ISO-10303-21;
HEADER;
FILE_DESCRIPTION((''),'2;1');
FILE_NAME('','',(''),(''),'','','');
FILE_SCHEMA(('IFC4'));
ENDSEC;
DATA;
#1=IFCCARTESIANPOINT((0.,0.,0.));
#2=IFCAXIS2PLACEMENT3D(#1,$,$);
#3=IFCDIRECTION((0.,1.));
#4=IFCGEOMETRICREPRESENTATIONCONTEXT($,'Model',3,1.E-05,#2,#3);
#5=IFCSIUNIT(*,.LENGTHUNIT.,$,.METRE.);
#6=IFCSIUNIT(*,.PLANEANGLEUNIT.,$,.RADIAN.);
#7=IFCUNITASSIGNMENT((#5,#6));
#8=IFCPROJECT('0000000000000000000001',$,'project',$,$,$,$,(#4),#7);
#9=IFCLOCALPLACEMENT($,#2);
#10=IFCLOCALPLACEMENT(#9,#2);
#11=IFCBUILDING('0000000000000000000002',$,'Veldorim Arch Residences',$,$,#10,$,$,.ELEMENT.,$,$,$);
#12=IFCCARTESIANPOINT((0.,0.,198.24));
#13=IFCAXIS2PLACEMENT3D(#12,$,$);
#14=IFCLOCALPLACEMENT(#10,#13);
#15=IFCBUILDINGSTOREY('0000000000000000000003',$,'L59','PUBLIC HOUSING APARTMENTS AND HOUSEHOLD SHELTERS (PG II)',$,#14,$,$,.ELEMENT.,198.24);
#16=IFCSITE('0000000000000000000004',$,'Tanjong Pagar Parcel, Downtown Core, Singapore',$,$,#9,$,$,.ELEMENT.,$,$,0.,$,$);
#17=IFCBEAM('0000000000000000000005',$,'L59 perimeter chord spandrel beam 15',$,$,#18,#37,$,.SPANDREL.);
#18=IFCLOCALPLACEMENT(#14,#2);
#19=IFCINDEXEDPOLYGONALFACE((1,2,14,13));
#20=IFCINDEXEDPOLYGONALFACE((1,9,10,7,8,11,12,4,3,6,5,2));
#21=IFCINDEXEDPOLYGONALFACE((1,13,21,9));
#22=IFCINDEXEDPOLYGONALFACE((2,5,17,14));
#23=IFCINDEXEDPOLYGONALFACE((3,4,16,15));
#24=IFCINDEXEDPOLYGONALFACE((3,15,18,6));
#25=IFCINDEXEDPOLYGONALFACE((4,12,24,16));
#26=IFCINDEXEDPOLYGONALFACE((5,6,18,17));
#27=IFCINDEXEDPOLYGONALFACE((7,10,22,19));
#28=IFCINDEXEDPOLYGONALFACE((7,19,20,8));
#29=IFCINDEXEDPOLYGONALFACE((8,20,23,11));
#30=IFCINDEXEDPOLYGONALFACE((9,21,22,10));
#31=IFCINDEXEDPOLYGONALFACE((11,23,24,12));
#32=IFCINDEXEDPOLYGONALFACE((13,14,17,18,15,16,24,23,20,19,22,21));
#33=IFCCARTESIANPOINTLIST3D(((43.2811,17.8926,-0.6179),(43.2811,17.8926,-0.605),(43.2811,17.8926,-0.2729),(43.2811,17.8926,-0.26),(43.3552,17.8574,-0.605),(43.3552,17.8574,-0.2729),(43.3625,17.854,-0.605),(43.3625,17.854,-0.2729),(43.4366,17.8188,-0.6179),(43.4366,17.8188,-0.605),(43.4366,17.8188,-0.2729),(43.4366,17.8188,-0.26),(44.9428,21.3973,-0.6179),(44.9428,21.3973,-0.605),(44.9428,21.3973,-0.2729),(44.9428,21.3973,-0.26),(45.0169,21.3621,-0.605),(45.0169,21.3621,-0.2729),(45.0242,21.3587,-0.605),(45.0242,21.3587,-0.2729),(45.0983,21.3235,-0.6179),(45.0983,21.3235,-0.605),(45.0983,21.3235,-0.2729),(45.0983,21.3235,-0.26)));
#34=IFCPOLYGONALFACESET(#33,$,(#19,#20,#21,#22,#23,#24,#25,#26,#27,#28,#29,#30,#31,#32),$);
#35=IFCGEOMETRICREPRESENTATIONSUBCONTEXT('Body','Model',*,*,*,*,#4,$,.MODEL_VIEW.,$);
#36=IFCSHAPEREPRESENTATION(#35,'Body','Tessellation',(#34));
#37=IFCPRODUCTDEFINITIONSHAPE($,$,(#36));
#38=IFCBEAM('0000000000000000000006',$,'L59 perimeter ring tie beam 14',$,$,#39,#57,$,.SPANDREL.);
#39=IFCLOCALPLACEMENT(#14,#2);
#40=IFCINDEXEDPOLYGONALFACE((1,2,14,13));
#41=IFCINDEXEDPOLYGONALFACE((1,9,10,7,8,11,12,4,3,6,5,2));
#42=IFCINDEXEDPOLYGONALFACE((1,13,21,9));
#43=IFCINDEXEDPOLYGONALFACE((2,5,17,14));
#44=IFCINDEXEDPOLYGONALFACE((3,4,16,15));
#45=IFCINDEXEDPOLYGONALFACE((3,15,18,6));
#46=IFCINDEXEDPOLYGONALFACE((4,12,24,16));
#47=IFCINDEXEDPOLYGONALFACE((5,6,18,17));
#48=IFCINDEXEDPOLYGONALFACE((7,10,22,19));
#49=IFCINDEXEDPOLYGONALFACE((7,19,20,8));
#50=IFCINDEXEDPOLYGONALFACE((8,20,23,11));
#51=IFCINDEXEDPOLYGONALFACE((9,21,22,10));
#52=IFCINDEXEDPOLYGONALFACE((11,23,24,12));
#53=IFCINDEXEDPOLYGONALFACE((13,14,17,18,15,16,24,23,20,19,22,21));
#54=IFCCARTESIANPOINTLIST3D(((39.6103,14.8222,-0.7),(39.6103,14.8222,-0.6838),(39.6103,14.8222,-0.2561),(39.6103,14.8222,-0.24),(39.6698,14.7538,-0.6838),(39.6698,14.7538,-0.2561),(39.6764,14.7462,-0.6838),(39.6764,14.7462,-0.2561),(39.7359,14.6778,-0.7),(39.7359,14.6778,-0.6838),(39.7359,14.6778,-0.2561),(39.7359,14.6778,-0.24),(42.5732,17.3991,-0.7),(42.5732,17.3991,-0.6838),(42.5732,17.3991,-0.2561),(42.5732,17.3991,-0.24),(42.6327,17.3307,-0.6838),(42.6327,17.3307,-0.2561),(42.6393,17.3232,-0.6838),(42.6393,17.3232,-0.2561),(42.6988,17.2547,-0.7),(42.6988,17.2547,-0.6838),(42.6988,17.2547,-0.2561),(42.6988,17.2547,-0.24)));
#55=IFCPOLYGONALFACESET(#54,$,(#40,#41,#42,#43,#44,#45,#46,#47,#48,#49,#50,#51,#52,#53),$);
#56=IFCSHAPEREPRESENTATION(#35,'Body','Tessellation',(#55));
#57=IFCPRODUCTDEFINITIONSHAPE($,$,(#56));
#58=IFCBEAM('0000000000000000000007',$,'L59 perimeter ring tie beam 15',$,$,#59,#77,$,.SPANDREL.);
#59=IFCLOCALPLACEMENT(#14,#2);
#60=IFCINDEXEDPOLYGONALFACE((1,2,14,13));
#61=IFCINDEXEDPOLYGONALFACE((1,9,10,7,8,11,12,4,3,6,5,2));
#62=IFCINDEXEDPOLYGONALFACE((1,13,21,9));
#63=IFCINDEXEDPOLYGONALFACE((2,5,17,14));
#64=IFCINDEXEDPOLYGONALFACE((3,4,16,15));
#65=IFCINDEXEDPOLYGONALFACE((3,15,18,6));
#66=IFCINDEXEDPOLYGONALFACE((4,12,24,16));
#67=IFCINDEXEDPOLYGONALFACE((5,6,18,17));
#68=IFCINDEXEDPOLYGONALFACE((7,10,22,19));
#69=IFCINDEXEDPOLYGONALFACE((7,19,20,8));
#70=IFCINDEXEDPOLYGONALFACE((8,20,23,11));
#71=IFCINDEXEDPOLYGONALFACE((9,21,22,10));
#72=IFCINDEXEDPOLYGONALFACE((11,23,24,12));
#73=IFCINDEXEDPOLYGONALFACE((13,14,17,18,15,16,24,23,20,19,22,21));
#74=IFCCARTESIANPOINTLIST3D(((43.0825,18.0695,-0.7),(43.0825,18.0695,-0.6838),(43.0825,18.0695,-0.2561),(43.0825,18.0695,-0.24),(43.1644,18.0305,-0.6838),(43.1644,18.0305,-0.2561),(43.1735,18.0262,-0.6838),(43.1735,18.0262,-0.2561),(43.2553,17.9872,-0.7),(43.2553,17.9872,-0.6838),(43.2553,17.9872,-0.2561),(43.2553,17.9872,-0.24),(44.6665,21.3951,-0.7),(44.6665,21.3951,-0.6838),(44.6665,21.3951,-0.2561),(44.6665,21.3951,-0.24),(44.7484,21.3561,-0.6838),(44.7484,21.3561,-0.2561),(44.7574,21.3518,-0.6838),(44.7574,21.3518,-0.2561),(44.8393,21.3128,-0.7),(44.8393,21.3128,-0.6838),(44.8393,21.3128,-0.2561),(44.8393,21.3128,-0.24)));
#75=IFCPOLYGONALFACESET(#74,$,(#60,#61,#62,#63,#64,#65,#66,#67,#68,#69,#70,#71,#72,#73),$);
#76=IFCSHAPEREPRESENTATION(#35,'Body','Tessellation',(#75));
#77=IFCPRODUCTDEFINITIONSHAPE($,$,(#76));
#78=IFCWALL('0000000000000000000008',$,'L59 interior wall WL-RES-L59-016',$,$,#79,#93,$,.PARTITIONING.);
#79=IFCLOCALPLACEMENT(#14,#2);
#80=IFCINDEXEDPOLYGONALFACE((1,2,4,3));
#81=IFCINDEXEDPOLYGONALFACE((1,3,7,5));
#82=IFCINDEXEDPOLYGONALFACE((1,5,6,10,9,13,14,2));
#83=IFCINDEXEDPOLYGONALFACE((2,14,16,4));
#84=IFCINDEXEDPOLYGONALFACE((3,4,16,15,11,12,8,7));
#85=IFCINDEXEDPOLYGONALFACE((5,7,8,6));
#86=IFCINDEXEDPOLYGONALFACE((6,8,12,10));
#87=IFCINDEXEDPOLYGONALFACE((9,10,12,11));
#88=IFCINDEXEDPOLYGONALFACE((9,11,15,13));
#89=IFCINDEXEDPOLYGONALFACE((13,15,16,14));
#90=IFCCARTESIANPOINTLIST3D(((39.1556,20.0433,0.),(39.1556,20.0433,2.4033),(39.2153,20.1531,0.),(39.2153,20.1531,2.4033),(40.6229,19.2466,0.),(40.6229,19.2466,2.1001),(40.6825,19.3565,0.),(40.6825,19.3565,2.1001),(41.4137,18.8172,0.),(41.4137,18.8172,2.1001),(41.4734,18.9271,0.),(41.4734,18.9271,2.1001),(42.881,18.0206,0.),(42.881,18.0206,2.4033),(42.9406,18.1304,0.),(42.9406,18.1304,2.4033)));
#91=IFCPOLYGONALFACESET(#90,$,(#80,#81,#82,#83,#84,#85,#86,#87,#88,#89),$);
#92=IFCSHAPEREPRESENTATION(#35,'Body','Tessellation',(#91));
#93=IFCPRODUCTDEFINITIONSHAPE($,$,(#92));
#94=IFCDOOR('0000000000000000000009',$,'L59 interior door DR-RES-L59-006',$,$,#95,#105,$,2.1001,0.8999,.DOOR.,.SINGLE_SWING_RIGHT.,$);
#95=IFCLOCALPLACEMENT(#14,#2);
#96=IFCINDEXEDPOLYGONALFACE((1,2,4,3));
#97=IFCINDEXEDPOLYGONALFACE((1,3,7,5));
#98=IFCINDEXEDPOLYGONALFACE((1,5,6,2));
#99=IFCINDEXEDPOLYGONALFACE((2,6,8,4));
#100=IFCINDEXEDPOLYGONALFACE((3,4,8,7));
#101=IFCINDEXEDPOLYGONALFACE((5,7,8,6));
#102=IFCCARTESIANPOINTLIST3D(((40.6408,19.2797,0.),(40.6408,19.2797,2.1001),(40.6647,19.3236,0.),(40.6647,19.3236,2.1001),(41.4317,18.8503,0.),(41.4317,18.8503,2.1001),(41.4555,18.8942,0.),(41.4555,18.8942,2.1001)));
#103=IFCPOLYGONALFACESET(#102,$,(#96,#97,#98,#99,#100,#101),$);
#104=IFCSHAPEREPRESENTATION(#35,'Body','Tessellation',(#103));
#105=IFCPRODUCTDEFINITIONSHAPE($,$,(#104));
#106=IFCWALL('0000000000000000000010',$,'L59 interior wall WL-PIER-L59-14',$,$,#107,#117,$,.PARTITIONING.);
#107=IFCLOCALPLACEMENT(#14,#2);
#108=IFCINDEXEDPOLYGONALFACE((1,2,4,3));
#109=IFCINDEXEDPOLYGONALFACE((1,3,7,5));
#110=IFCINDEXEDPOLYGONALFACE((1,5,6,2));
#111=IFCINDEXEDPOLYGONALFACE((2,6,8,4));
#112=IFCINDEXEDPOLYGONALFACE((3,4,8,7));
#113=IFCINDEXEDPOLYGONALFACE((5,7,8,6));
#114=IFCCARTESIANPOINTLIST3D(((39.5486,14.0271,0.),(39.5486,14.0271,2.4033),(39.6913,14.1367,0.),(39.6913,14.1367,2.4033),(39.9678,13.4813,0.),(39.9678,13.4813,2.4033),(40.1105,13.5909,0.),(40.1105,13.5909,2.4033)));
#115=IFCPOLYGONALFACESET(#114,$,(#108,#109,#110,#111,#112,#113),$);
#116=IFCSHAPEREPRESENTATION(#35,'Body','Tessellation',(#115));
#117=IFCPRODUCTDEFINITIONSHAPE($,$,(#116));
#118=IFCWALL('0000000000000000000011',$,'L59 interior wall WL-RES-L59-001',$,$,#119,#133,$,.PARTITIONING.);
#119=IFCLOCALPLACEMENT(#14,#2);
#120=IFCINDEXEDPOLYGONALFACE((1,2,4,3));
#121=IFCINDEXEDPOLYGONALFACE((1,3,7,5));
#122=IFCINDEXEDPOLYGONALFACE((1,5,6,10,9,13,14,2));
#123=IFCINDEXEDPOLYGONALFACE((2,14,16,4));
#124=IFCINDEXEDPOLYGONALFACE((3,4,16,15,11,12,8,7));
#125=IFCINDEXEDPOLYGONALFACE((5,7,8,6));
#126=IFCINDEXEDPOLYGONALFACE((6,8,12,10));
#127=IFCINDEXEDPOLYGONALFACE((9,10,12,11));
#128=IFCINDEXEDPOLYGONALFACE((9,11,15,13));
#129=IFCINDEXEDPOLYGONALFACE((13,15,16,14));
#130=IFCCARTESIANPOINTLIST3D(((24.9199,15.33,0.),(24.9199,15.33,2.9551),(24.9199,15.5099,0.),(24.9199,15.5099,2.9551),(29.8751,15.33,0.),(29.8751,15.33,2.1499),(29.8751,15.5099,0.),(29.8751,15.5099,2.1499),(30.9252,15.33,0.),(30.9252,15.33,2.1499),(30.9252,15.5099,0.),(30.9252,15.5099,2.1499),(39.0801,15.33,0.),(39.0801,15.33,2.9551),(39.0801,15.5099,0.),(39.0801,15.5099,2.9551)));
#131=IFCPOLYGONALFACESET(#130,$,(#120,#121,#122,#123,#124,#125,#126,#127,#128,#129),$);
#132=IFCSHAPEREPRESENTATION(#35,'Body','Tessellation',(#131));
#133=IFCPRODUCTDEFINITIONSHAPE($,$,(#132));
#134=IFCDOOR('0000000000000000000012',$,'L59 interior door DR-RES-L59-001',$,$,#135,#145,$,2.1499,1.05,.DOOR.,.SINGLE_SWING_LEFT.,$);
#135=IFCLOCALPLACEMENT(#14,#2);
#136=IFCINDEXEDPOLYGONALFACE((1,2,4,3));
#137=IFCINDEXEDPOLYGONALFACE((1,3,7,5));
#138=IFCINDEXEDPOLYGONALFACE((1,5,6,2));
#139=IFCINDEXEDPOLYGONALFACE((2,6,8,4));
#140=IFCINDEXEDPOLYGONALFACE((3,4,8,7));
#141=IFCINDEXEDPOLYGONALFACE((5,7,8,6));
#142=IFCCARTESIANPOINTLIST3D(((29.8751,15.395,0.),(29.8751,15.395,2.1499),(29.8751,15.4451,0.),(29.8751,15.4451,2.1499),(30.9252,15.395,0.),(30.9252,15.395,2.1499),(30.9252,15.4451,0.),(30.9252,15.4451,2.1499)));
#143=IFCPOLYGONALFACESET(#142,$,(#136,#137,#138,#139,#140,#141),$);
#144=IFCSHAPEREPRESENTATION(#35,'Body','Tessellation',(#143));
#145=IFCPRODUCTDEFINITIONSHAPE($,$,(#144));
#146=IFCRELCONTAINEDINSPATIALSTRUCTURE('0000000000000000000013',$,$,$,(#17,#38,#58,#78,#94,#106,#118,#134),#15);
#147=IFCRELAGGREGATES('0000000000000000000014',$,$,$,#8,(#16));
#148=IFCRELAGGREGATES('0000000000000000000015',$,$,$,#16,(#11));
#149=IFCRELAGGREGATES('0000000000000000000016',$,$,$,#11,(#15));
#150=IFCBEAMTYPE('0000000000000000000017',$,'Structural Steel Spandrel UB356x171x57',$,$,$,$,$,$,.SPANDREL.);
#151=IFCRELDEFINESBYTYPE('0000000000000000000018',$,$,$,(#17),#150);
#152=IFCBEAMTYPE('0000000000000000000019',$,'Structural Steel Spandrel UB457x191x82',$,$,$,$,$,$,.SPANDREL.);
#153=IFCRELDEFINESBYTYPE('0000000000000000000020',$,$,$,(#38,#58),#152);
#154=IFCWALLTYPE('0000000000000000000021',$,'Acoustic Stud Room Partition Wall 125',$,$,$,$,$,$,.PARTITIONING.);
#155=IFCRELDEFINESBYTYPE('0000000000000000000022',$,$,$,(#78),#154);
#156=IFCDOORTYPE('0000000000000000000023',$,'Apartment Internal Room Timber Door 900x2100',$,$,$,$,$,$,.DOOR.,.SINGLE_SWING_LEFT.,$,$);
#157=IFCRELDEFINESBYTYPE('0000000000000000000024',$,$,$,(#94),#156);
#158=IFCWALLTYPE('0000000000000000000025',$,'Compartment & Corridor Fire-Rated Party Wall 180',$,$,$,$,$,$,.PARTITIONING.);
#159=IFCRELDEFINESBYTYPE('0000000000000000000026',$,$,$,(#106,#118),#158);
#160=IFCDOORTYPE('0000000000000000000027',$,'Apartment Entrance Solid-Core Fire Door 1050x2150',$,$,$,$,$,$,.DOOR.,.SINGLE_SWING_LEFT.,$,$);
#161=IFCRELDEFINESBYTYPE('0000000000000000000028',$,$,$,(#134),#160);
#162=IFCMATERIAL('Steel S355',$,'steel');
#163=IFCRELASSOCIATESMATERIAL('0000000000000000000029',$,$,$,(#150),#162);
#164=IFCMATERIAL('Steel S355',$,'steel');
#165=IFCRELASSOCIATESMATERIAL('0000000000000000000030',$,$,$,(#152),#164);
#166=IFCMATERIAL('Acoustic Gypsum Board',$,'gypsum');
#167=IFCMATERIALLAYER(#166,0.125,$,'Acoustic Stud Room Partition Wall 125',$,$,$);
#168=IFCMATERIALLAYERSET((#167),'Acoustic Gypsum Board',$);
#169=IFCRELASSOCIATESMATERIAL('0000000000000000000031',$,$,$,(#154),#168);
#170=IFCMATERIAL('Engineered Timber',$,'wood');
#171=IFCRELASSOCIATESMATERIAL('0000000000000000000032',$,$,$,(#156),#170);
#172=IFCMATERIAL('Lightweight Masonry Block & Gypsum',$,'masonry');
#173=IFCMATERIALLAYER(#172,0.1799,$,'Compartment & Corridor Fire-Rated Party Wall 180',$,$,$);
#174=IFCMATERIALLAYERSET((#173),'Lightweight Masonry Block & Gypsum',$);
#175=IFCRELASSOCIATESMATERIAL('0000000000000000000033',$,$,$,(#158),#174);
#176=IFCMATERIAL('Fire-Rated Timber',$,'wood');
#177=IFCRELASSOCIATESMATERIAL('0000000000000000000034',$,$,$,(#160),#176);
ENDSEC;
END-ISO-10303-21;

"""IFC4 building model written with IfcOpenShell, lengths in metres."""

from ifc_helpers import new_model, si_unit, direction, frame, frame_2d, origin, origin_2d, place, context, subcontext, project, spatial, rectangle, i_section, extrude, material, layer, layer_set, material_profile, profile_set, type_object, element, fill, save


model = new_model("IFC4")

# Units and contexts
model_context = context("Model", 3, precision=1e-05, world=origin(), true_north=direction((0.0, 1.0)))
body_context = subcontext(model_context, "Body", "Model", "MODEL_VIEW")
ifc_project = project(units=[si_unit("LENGTHUNIT", "METRE"), si_unit("PLANEANGLEUNIT", "RADIAN")], contexts=[model_context])

# Site, building, storey
site_placement = place(None, origin())
site = spatial("IfcSite", under=ifc_project, at=site_placement, Name="Tanjong Pagar Parcel, Downtown Core, Singapore", CompositionType="ELEMENT", RefElevation=0.0)
building_placement = place(site_placement, origin())
building = spatial("IfcBuilding", under=site, at=building_placement, Name="Veldorim Arch Residences", CompositionType="ELEMENT")
storey_placement = place(building_placement, frame((0.0, 0.0, 198.24)))
storey = spatial("IfcBuildingStorey", under=building, at=storey_placement, Name="L59", Description="PUBLIC HOUSING APARTMENTS AND HOUSEHOLD SHELTERS (PG II)", CompositionType="ELEMENT", Elevation=198.24)

# Beams
ifc_material_1 = material(Name="Steel S355", Category="steel")
ifc_material_profile_1 = material_profile(ifc_material_1, i_section(OverallWidth=0.1721, OverallDepth=0.3579, WebThickness=0.0081, FlangeThickness=0.0129, at=origin_2d()), Name="UB356x171x57")
ifc_profile_set_1 = profile_set([ifc_material_profile_1], Name="Steel S355")
beam_type_1 = type_object("IfcBeamType", Name="Structural Steel Spandrel UB356x171x57", PredefinedType="SPANDREL", material=ifc_profile_set_1)
beam_1_placement = place(storey_placement, frame((43.3589, 17.8557, -0.439), z_axis=(0.428408, 0.903585, 0.0), x_axis=(-0.903585, 0.428408, 0.0)))
element("IfcBeam", 1, at=beam_1_placement, inside=storey, type_object=beam_type_1, Name="L59 perimeter chord spandrel beam 15", PredefinedType="SPANDREL", context=body_context, shape_type="SweptSolid", body=[
    extrude(i_section(OverallWidth=0.1721, OverallDepth=0.3579, WebThickness=0.0081, FlangeThickness=0.0129, at=origin_2d()), origin(), (0.0, 0.0, 1.0), 3.8787),
])
ifc_material_2 = material(Name="Steel S355", Category="steel")
ifc_material_profile_2 = material_profile(ifc_material_2, i_section(OverallWidth=0.1914, OverallDepth=0.46, WebThickness=0.01, FlangeThickness=0.0161, at=origin_2d()), Name="UB457x191x82")
ifc_profile_set_2 = profile_set([ifc_material_profile_2], Name="Steel S355")
beam_type_2 = type_object("IfcBeamType", Name="Structural Steel Spandrel UB457x191x82", PredefinedType="SPANDREL", material=ifc_profile_set_2)
beam_2_placement = place(storey_placement, frame((39.6731, 14.75, -0.47), z_axis=(0.754545, 0.656248, 0.0), x_axis=(-0.656248, 0.754545, 0.0)))
element("IfcBeam", 2, at=beam_2_placement, inside=storey, type_object=beam_type_2, Name="L59 perimeter ring tie beam 14", PredefinedType="SPANDREL", context=body_context, shape_type="SweptSolid", body=[
    extrude(i_section(OverallWidth=0.1914, OverallDepth=0.46, WebThickness=0.01, FlangeThickness=0.0161, at=origin_2d()), origin(), (0.0, 0.0, 1.0), 3.9268),
])
beam_3_placement = place(storey_placement, frame((43.1689, 18.0283, -0.47), z_axis=(0.430006, 0.902826, 0.0), x_axis=(-0.902826, 0.430006, 0.0)))
element("IfcBeam", 3, at=beam_3_placement, inside=storey, type_object=beam_type_2, Name="L59 perimeter ring tie beam 15", PredefinedType="SPANDREL", context=body_context, shape_type="SweptSolid", body=[
    extrude(i_section(OverallWidth=0.1914, OverallDepth=0.46, WebThickness=0.01, FlangeThickness=0.0161, at=origin_2d()), origin(), (0.0, 0.0, 1.0), 3.6836),
])

# Wall, opening, door
ifc_material_3 = material(Name="Acoustic Gypsum Board", Category="gypsum")
ifc_layer_1 = layer(ifc_material_3, 0.125, Name="Acoustic Stud Room Partition Wall 125")
ifc_layer_set_1 = layer_set([ifc_layer_1], Name="Acoustic Gypsum Board")
wall_type_1 = type_object("IfcWallType", Name="Acoustic Stud Room Partition Wall 125", PredefinedType="PARTITIONING", material=ifc_layer_set_1)
wall_1_placement = place(storey_placement, frame((42.9109, 18.0754, 0.0), z_axis=(0.0, 0.0, 1.0), x_axis=(-0.878816, 0.47716, 0.0)))
wall_1 = element("IfcWall", 4, at=wall_1_placement, inside=storey, type_object=wall_type_1, Name="L59 interior wall WL-RES-L59-016", PredefinedType="PARTITIONING", context=body_context, shape_type="SweptSolid", body=[
    extrude(rectangle(XDim=4.239, YDim=0.125, at=frame_2d((2.1196, 0.0))), origin(), (0.0, 0.0, 1.0), 2.4033),
])
opening_1_placement = place(wall_1_placement, frame((1.6697, 0.0, 0.0)))
opening_1 = element("IfcOpeningElement", 5, at=opening_1_placement, cuts=wall_1, PredefinedType="OPENING", context=body_context, shape_type="SweptSolid", body=[
    extrude(rectangle(XDim=0.8999, YDim=2.1001, at=frame_2d((0.45, 1.05))), frame((0.0, 0.0725, 0.0), z_axis=(0.0, -1.0, 0.0), x_axis=(1.0, 0.0, 0.0)), (0.0, 0.0, 1.0), 0.145),
])
ifc_material_4 = material(Name="Engineered Timber", Category="wood")
door_type_1 = type_object("IfcDoorType", Name="Apartment Internal Room Timber Door 900x2100", OperationType="SINGLE_SWING_LEFT", PredefinedType="DOOR", material=ifc_material_4)
door_1_placement = place(opening_1_placement, origin())
door_1 = element("IfcDoor", 6, at=door_1_placement, inside=storey, type_object=door_type_1, Name="L59 interior door DR-RES-L59-006", OperationType="SINGLE_SWING_RIGHT", OverallHeight=2.1001, OverallWidth=0.8999, PredefinedType="DOOR", context=body_context, shape_type="SweptSolid", body=[
    extrude(rectangle(XDim=0.8999, YDim=2.1001, at=frame_2d((0.45, 1.05))), frame((0.0, 0.0249, 0.0), z_axis=(0.0, -1.0, 0.0), x_axis=(1.0, 0.0, 0.0)), (0.0, 0.0, 1.0), 0.05),
])
fill(opening_1, door_1)

# Wall
ifc_material_5 = material(Name="Lightweight Masonry Block & Gypsum", Category="masonry")
ifc_layer_2 = layer(ifc_material_5, 0.1799, Name="Compartment & Corridor Fire-Rated Party Wall 180")
ifc_layer_set_2 = layer_set([ifc_layer_2], Name="Lightweight Masonry Block & Gypsum")
wall_type_2 = type_object("IfcWallType", Name="Compartment & Corridor Fire-Rated Party Wall 180", PredefinedType="PARTITIONING", material=ifc_layer_set_2)
wall_2_placement = place(storey_placement, frame((39.6199, 14.082, 0.0), z_axis=(0.0, 0.0, 1.0), x_axis=(0.609042, -0.793138, 0.0)))
element("IfcWall", 7, at=wall_2_placement, inside=storey, type_object=wall_type_2, Name="L59 interior wall WL-PIER-L59-14", PredefinedType="PARTITIONING", context=body_context, shape_type="SweptSolid", body=[
    extrude(rectangle(XDim=0.6882, YDim=0.1799, at=frame_2d((0.3442, 0.0))), origin(), (0.0, 0.0, 1.0), 2.4033),
])

# Wall, opening, door
wall_3_placement = place(storey_placement, frame((39.0801, 15.4199, 0.0), z_axis=(0.0, 0.0, 1.0), x_axis=(-1.0, 0.0, 0.0)))
wall_3 = element("IfcWall", 8, at=wall_3_placement, inside=storey, type_object=wall_type_2, Name="L59 interior wall WL-RES-L59-001", PredefinedType="PARTITIONING", context=body_context, shape_type="SweptSolid", body=[
    extrude(rectangle(XDim=14.1602, YDim=0.1799, at=frame_2d((7.0801, 0.0))), origin(), (0.0, 0.0, 1.0), 2.9551),
])
opening_2_placement = place(wall_3_placement, frame((8.155, 0.0, 0.0)))
opening_2 = element("IfcOpeningElement", 9, at=opening_2_placement, cuts=wall_3, PredefinedType="OPENING", context=body_context, shape_type="SweptSolid", body=[
    extrude(rectangle(XDim=1.05, YDim=2.1499, at=frame_2d((0.5249, 1.075))), frame((0.0, 0.0999, 0.0), z_axis=(0.0, -1.0, 0.0), x_axis=(1.0, 0.0, 0.0)), (0.0, 0.0, 1.0), 0.2),
])
ifc_material_6 = material(Name="Fire-Rated Timber", Category="wood")
door_type_2 = type_object("IfcDoorType", Name="Apartment Entrance Solid-Core Fire Door 1050x2150", OperationType="SINGLE_SWING_LEFT", PredefinedType="DOOR", material=ifc_material_6)
door_2_placement = place(opening_2_placement, origin())
door_2 = element("IfcDoor", 10, at=door_2_placement, inside=storey, type_object=door_type_2, Name="L59 interior door DR-RES-L59-001", OperationType="SINGLE_SWING_LEFT", OverallHeight=2.1499, OverallWidth=1.05, PredefinedType="DOOR", context=body_context, shape_type="SweptSolid", body=[
    extrude(rectangle(XDim=1.05, YDim=2.1499, at=frame_2d((0.5249, 1.075))), frame((0.0, 0.0249, 0.0), z_axis=(0.0, -1.0, 0.0), x_axis=(1.0, 0.0, 0.0)), (0.0, 0.0, 1.0), 0.05),
])
fill(opening_2, door_2)

save(model, "model.ifc")
